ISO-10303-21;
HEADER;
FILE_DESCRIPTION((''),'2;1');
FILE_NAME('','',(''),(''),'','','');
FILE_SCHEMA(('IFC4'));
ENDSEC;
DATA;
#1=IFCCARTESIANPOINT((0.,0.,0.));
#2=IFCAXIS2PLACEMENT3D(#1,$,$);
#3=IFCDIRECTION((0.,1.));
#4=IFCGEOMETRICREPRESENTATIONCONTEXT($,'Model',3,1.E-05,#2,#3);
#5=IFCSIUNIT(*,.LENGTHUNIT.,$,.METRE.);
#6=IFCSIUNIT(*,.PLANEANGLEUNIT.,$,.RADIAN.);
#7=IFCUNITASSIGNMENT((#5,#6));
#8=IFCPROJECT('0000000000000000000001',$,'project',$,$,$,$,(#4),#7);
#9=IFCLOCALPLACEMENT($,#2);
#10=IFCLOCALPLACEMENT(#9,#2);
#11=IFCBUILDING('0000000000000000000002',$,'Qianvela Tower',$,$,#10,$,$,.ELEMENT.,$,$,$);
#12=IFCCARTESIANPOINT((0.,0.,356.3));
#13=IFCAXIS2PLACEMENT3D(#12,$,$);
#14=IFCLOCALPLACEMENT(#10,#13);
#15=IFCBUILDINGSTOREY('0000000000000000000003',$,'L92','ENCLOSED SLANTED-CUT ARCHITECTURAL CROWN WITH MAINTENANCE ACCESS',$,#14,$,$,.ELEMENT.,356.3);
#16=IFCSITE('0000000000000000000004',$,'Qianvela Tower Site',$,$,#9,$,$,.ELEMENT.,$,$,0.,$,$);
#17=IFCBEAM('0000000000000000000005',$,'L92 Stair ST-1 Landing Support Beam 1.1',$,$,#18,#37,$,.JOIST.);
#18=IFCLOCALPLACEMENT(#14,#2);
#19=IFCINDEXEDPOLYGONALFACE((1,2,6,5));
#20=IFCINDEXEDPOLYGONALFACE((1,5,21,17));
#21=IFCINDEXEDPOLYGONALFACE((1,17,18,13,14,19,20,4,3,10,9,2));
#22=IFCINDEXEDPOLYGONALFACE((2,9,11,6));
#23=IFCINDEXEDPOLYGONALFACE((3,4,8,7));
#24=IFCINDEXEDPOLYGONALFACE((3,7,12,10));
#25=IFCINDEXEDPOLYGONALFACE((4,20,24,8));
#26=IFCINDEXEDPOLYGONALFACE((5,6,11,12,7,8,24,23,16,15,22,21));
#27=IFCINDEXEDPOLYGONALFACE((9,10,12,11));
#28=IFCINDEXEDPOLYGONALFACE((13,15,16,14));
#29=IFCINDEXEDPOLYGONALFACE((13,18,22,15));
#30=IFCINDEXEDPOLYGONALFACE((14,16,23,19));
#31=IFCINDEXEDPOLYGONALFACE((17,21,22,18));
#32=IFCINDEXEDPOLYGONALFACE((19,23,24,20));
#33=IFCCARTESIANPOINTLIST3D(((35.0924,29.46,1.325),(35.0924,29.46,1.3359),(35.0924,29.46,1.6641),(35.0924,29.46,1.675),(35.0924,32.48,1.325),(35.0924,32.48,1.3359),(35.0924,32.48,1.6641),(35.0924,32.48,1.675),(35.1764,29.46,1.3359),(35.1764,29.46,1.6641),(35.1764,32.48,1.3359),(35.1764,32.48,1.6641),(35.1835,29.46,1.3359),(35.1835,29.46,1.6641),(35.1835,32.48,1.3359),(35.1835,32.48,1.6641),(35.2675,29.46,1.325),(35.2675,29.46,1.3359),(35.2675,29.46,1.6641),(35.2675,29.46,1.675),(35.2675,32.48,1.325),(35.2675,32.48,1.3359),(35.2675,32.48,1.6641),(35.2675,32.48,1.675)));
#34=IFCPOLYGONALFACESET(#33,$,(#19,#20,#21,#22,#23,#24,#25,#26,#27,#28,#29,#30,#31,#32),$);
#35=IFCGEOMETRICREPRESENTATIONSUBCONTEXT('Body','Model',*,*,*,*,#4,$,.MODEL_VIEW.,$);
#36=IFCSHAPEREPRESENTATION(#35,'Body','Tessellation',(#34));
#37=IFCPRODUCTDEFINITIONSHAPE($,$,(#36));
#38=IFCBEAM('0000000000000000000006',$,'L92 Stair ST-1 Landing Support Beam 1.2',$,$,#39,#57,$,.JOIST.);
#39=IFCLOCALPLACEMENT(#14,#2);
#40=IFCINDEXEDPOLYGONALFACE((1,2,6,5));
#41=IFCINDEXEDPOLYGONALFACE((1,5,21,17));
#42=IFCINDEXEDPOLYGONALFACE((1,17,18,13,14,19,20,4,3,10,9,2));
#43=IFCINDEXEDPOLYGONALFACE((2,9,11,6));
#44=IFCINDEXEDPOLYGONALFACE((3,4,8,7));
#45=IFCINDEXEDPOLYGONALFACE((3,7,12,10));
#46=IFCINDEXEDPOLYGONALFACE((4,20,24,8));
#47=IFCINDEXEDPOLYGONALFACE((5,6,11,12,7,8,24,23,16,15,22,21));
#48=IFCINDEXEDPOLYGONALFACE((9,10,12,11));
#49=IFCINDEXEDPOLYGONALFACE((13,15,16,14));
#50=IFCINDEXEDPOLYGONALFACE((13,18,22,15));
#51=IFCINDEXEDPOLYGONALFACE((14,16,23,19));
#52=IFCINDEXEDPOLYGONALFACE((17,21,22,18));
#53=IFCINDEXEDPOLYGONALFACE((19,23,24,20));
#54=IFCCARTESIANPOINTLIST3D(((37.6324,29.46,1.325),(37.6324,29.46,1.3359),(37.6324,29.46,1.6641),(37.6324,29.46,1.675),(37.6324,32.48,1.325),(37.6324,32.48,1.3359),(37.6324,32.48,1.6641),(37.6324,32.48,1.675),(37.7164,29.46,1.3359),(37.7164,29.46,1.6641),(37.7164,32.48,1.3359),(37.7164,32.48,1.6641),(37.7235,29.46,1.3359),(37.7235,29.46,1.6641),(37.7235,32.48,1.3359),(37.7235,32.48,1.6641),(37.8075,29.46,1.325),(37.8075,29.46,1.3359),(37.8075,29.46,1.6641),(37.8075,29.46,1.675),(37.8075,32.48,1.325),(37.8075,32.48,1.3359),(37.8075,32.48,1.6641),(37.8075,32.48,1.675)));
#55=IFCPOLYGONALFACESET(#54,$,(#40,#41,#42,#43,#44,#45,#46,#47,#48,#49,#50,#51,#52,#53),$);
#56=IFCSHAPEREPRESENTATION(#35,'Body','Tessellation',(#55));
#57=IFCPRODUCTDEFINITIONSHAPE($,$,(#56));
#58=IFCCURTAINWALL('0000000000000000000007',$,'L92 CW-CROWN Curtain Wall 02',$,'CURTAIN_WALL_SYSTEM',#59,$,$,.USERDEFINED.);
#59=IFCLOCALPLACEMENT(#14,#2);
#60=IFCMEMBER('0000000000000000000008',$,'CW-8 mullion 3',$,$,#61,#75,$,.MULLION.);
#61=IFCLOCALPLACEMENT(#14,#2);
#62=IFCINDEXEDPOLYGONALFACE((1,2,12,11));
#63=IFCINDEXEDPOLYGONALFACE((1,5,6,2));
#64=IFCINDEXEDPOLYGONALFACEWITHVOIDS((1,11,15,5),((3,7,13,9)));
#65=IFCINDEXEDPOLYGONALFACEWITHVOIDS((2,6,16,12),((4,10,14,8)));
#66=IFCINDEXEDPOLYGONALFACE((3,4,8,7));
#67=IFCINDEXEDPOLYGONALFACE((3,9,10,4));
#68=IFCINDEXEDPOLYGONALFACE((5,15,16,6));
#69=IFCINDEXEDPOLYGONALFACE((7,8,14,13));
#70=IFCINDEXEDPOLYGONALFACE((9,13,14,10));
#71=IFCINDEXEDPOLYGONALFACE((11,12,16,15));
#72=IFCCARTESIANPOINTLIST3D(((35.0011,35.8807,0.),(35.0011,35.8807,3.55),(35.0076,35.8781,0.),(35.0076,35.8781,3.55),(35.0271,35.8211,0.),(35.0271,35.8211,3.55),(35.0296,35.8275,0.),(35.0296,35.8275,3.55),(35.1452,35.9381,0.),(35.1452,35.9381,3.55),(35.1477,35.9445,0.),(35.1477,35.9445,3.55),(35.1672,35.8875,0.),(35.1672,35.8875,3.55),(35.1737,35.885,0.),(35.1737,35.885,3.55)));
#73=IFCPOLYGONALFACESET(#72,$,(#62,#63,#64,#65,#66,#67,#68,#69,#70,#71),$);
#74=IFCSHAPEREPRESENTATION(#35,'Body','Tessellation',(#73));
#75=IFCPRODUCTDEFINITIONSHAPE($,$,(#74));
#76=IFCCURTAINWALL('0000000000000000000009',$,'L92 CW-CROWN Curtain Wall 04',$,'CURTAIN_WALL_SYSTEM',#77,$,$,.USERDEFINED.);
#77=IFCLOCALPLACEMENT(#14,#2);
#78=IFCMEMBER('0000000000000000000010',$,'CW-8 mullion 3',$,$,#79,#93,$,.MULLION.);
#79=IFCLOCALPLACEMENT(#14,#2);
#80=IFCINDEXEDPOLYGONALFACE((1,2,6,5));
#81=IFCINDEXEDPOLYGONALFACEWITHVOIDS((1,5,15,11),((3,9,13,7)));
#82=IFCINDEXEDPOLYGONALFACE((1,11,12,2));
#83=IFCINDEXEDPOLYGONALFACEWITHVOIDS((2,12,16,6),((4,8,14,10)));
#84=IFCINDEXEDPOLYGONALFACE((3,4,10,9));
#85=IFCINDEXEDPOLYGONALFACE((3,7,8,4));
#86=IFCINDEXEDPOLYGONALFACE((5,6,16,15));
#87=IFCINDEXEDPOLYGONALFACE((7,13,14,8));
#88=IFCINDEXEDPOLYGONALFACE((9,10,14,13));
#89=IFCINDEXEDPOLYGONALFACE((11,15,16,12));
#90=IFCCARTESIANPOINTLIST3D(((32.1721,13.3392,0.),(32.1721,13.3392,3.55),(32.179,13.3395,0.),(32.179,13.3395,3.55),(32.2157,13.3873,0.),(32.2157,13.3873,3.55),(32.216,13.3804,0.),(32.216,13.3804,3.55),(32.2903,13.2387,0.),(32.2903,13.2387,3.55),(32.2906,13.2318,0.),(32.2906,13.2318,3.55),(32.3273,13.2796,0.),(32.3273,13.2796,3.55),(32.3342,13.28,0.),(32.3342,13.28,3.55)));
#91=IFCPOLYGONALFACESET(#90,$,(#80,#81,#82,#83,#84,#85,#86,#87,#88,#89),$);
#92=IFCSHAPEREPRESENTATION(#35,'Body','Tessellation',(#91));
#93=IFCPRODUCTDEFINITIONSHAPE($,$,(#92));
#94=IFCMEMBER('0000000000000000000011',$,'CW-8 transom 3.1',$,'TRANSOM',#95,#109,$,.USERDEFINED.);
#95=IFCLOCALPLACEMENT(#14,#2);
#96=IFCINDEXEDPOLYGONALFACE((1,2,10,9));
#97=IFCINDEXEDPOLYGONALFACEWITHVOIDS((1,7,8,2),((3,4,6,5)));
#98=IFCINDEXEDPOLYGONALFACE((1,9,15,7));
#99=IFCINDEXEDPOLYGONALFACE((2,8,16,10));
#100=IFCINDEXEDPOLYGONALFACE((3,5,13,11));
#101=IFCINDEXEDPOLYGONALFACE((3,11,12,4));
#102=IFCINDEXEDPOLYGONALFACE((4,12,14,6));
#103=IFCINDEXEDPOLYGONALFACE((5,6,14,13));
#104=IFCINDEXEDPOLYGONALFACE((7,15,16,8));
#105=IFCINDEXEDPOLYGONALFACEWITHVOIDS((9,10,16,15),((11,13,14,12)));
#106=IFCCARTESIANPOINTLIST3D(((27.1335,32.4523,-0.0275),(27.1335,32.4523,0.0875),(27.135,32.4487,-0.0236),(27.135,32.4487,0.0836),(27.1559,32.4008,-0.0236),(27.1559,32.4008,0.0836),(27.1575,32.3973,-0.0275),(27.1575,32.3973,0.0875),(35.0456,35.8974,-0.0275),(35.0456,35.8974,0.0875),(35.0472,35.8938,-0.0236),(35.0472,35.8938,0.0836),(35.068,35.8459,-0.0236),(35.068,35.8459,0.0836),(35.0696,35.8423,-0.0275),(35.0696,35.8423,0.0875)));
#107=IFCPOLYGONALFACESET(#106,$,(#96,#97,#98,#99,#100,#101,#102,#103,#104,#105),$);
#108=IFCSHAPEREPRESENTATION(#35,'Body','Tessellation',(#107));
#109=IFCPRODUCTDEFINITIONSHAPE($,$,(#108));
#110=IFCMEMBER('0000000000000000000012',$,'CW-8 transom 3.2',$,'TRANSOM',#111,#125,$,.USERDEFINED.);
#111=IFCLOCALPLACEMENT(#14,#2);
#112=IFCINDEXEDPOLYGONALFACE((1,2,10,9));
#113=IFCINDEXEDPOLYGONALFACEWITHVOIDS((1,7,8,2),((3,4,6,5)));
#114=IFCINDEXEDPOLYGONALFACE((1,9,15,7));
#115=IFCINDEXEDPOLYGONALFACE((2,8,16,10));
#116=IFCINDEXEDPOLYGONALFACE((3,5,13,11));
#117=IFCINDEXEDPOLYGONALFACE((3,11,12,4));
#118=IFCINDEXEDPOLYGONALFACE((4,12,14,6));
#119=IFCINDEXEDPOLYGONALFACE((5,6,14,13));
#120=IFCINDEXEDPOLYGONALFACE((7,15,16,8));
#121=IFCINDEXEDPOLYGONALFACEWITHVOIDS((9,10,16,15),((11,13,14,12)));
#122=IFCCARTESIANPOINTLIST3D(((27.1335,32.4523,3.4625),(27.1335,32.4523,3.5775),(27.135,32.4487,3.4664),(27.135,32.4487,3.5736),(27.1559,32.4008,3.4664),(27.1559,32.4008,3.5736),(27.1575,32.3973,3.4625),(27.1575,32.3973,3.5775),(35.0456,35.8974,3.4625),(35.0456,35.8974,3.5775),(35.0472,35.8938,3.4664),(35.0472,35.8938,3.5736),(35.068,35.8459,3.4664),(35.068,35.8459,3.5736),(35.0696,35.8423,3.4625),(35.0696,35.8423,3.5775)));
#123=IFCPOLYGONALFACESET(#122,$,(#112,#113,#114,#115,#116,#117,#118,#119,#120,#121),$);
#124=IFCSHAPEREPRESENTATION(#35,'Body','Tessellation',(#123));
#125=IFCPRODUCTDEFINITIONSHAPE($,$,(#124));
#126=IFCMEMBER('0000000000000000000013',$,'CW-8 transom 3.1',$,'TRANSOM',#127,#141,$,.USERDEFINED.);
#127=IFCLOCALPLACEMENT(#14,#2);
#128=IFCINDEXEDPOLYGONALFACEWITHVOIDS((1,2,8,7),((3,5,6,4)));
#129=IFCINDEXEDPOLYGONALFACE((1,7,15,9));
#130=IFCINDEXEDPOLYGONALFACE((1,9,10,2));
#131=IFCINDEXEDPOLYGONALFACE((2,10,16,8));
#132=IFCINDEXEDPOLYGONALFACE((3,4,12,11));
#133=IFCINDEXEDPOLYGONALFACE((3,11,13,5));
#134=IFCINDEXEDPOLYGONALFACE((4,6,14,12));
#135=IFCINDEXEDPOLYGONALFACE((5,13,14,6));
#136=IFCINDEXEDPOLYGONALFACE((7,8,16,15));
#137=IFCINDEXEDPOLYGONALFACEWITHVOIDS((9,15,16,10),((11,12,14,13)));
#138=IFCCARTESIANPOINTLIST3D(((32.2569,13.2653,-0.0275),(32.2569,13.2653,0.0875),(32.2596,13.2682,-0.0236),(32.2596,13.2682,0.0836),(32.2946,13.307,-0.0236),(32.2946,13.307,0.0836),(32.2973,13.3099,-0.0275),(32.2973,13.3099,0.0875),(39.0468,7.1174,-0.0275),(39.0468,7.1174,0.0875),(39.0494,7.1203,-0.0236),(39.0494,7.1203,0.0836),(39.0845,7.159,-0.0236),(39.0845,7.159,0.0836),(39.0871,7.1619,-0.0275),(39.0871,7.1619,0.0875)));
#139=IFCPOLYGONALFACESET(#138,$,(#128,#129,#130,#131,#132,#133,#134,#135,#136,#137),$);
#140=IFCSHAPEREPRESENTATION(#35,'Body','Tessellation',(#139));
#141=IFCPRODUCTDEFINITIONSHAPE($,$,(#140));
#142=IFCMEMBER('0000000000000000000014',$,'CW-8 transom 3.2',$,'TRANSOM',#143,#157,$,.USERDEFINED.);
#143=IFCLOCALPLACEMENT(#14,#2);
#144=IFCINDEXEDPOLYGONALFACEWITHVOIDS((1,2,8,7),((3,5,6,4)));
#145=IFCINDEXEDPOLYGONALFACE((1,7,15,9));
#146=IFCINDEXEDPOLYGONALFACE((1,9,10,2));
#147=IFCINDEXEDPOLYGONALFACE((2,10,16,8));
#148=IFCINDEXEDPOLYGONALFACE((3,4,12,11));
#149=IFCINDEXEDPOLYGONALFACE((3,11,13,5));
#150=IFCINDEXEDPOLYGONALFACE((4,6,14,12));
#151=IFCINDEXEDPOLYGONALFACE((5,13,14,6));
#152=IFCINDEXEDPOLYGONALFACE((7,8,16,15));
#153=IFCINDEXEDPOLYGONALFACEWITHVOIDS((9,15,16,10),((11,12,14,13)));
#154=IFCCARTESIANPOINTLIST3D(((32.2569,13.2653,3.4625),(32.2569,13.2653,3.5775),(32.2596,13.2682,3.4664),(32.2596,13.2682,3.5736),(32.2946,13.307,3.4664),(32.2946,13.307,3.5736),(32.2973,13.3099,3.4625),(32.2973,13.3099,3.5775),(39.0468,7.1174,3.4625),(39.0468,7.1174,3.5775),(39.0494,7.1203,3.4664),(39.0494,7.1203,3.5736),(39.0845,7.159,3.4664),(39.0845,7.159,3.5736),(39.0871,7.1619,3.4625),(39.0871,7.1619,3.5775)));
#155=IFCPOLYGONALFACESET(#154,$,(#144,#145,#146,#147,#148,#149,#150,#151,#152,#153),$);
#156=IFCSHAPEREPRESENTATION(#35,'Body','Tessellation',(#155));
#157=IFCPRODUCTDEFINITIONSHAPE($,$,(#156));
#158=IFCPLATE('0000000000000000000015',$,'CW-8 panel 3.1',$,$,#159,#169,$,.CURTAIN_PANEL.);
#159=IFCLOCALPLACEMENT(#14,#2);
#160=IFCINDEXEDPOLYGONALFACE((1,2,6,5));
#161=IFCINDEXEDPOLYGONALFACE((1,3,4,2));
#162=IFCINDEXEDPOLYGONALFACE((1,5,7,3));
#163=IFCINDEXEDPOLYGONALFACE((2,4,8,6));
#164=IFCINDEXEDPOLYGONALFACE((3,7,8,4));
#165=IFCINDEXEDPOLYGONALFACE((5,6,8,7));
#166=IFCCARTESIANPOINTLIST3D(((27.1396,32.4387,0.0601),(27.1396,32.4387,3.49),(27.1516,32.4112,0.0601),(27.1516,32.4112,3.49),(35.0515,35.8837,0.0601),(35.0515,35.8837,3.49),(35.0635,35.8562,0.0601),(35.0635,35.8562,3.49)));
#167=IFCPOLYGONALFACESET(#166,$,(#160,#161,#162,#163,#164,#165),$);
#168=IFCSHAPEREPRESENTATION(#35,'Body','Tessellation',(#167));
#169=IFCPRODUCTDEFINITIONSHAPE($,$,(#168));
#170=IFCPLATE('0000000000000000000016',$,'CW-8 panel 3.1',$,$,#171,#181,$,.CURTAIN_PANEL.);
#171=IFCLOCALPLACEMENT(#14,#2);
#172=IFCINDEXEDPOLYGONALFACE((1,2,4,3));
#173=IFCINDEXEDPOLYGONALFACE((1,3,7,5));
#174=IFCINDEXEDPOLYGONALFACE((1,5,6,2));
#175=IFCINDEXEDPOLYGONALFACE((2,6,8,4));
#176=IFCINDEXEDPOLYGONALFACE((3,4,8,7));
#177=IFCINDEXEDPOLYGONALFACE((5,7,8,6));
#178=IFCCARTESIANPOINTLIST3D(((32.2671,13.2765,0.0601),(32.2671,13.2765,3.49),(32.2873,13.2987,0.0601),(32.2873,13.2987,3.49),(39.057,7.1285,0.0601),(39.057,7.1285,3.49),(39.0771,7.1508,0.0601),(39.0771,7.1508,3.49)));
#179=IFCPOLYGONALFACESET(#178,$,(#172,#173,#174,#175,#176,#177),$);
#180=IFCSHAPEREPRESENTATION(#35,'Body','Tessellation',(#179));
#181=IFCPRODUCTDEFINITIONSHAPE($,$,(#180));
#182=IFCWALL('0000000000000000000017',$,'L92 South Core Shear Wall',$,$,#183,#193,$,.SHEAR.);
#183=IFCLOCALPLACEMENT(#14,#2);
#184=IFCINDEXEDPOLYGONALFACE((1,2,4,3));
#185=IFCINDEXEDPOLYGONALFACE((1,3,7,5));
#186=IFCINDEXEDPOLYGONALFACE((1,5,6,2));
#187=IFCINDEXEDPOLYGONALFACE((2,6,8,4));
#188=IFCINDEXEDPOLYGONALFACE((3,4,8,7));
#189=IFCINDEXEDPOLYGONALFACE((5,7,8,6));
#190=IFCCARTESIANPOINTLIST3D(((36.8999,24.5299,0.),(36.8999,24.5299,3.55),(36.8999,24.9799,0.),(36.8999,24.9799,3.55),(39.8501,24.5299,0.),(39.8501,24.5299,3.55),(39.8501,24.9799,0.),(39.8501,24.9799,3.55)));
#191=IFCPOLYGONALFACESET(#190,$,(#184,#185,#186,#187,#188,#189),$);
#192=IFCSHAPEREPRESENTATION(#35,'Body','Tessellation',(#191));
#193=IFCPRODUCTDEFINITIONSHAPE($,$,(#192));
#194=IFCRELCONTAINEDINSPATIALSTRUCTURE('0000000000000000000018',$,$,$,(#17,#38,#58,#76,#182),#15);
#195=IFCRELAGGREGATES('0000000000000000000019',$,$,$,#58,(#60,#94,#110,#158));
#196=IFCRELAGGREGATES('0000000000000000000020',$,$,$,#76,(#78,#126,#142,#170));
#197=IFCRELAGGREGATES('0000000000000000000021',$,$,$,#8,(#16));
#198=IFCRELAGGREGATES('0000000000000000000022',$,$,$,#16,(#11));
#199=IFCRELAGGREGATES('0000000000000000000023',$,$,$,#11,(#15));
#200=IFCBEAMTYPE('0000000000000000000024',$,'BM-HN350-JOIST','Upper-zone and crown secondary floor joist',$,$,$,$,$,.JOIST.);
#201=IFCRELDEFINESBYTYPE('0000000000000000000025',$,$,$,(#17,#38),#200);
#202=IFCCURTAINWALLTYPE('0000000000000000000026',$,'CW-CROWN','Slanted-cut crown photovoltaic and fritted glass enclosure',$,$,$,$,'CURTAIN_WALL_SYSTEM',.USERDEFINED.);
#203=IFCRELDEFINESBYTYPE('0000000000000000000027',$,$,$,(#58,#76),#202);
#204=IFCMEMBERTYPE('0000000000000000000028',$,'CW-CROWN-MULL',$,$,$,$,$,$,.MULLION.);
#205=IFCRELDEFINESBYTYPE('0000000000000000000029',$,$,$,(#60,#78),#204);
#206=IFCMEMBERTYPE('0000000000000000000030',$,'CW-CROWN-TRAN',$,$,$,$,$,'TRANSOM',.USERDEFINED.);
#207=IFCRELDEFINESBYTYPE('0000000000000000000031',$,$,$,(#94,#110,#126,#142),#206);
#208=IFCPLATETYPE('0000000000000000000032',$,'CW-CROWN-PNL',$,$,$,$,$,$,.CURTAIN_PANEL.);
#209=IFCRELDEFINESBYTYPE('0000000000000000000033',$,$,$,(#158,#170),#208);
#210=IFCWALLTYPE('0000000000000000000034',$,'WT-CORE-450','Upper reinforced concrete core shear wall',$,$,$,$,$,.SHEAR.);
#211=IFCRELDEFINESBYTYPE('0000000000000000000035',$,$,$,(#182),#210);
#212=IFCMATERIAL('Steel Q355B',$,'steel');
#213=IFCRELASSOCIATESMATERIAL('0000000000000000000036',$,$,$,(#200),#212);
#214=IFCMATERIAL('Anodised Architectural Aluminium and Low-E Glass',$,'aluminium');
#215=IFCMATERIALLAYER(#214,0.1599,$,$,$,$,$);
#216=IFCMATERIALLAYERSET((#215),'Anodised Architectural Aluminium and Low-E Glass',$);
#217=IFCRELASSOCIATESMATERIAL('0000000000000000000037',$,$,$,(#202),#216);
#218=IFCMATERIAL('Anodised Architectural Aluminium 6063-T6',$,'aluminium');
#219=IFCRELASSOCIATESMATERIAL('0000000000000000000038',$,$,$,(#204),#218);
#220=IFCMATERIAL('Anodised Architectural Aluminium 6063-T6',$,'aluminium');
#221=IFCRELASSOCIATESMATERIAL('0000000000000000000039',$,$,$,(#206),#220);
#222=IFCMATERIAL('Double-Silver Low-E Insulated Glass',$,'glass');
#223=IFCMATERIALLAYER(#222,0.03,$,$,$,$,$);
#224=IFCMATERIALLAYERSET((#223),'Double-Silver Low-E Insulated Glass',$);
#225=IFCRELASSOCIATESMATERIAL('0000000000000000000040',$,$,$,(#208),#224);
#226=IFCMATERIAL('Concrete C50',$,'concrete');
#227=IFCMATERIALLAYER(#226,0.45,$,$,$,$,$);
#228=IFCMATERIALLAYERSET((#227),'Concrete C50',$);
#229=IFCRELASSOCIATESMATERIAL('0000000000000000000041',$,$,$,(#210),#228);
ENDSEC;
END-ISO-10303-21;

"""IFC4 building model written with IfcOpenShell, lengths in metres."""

from ifc_helpers import new_model, si_unit, direction, frame, frame_2d, origin, origin_2d, place, context, subcontext, project, spatial, rectangle, hollow_rectangle, i_section, extrude, material, layer, layer_set, material_profile, profile_set, type_object, element, aggregate, save


model = new_model("IFC4")

# Units and contexts
model_context = context("Model", 3, precision=1e-05, world=origin(), true_north=direction((0.0, 1.0)))
body_context = subcontext(model_context, "Body", "Model", "MODEL_VIEW")
ifc_project = project(units=[si_unit("LENGTHUNIT", "METRE"), si_unit("PLANEANGLEUNIT", "RADIAN")], contexts=[model_context])

# Site, building, storey
site_placement = place(None, origin())
site = spatial("IfcSite", under=ifc_project, at=site_placement, Name="Qianvela Tower Site", CompositionType="ELEMENT", RefElevation=0.0)
building_placement = place(site_placement, origin())
building = spatial("IfcBuilding", under=site, at=building_placement, Name="Qianvela Tower", CompositionType="ELEMENT")
storey_placement = place(building_placement, frame((0.0, 0.0, 356.3)))
storey = spatial("IfcBuildingStorey", under=building, at=storey_placement, Name="L92", Description="ENCLOSED SLANTED-CUT ARCHITECTURAL CROWN WITH MAINTENANCE ACCESS", CompositionType="ELEMENT", Elevation=356.3)

# Beams
ifc_material_1 = material(Name="Steel Q355B", Category="steel")
ifc_material_profile_1 = material_profile(ifc_material_1, i_section(OverallWidth=0.175, OverallDepth=0.3501, WebThickness=0.0071, FlangeThickness=0.011, at=origin_2d()), Name="HN350x175x7x11")
ifc_profile_set_1 = profile_set([ifc_material_profile_1], Name="Steel Q355B")
beam_type = type_object("IfcBeamType", Name="BM-HN350-JOIST", Description="Upper-zone and crown secondary floor joist", PredefinedType="JOIST", material=ifc_profile_set_1)
for number, where, z_axis, x_axis, name in (
    (1, (35.1799, 29.46, 1.5), (0.0, 1.0, 0.0), (-1.0, 0.0, 0.0), "L92 Stair ST-1 Landing Support Beam 1.1"),
    (2, (37.72, 29.46, 1.5), (0.0, 1.0, 0.0), (-1.0, 0.0, 0.0), "L92 Stair ST-1 Landing Support Beam 1.2"),
):
    element("IfcBeam", number, at=place(storey_placement, frame(where, z_axis=z_axis, x_axis=x_axis)), inside=storey, type_object=beam_type, Name=name, PredefinedType="JOIST", context=body_context, shape_type="SweptSolid", body=[
        extrude(i_section(OverallWidth=0.175, OverallDepth=0.3501, WebThickness=0.0071, FlangeThickness=0.011, at=origin_2d()), origin(), (0.0, 0.0, 1.0), 3.02),
    ])

# Curtain walls, members
ifc_material_2 = material(Name="Anodised Architectural Aluminium and Low-E Glass", Category="aluminium")
ifc_layer_1 = layer(ifc_material_2, 0.1599)
ifc_layer_set_1 = layer_set([ifc_layer_1], Name="Anodised Architectural Aluminium and Low-E Glass")
curtain_wall_type = type_object("IfcCurtainWallType", Name="CW-CROWN", Description="Slanted-cut crown photovoltaic and fritted glass enclosure", ElementType="CURTAIN_WALL_SYSTEM", PredefinedType="USERDEFINED", material=ifc_layer_set_1)
curtain_wall_1_placement = place(storey_placement, origin())
curtain_wall_1 = element("IfcCurtainWall", 3, at=curtain_wall_1_placement, inside=storey, type_object=curtain_wall_type, Name="L92 CW-CROWN Curtain Wall 02", ObjectType="CURTAIN_WALL_SYSTEM", PredefinedType="USERDEFINED")
ifc_material_3 = material(Name="Anodised Architectural Aluminium 6063-T6", Category="aluminium")
ifc_material_profile_2 = material_profile(ifc_material_3, hollow_rectangle(XDim=0.0649, YDim=0.1599, WallThickness=0.0049, at=origin_2d()), Name="ALU-MULL-65x160")
ifc_profile_set_2 = profile_set([ifc_material_profile_2], Name="Anodised Architectural Aluminium 6063-T6")
member_type_1 = type_object("IfcMemberType", Name="CW-CROWN-MULL", PredefinedType="MULLION", material=ifc_profile_set_2)
member_1_placement = place(storey_placement, frame((35.0874, 35.8828, 0.0), z_axis=(0.0, 0.0, 1.0), x_axis=(0.399215, -0.916857, 0.0)))
member_1 = element("IfcMember", 4, at=member_1_placement, type_object=member_type_1, Name="CW-8 mullion 3", PredefinedType="MULLION", context=body_context, shape_type="SweptSolid", body=[
    extrude(hollow_rectangle(XDim=0.0649, YDim=0.1599, WallThickness=0.0049, at=origin_2d()), origin(), (0.0, 0.0, 1.0), 3.55),
])
curtain_wall_2_placement = place(storey_placement, origin())
curtain_wall_2 = element("IfcCurtainWall", 5, at=curtain_wall_2_placement, inside=storey, type_object=curtain_wall_type, Name="L92 CW-CROWN Curtain Wall 04", ObjectType="CURTAIN_WALL_SYSTEM", PredefinedType="USERDEFINED")
member_2_placement = place(storey_placement, frame((32.2532, 13.3096, 0.0), z_axis=(0.0, 0.0, 1.0), x_axis=(0.671202, 0.741275, 0.0)))
member_2 = element("IfcMember", 6, at=member_2_placement, type_object=member_type_1, Name="CW-8 mullion 3", PredefinedType="MULLION", context=body_context, shape_type="SweptSolid", body=[
    extrude(hollow_rectangle(XDim=0.0649, YDim=0.1599, WallThickness=0.0049, at=origin_2d()), origin(), (0.0, 0.0, 1.0), 3.55),
])

# Members
ifc_material_4 = material(Name="Anodised Architectural Aluminium 6063-T6", Category="aluminium")
ifc_material_profile_3 = material_profile(ifc_material_4, hollow_rectangle(XDim=0.0601, YDim=0.115, WallThickness=0.0039, at=origin_2d()), Name="ALU-TRAN-60x115")
ifc_profile_set_3 = profile_set([ifc_material_profile_3], Name="Anodised Architectural Aluminium 6063-T6")
member_type_2 = type_object("IfcMemberType", Name="CW-CROWN-TRAN", ElementType="TRANSOM", PredefinedType="USERDEFINED", material=ifc_profile_set_3)
member_3_placement = place(storey_placement, frame((35.0576, 35.8699, 0.03), z_axis=(-0.916857, -0.399215, 0.0), x_axis=(0.399215, -0.916857, 0.0)))
member_3 = element("IfcMember", 7, at=member_3_placement, type_object=member_type_2, Name="CW-8 transom 3.1", ObjectType="TRANSOM", PredefinedType="USERDEFINED", context=body_context, shape_type="SweptSolid", body=[
    extrude(hollow_rectangle(XDim=0.0601, YDim=0.115, WallThickness=0.0039, at=origin_2d()), origin(), (0.0, 0.0, 1.0), 8.6296),
])
member_4_placement = place(storey_placement, frame((35.0576, 35.8699, 3.52), z_axis=(-0.916857, -0.399215, 0.0), x_axis=(0.399215, -0.916857, 0.0)))
member_4 = element("IfcMember", 8, at=member_4_placement, type_object=member_type_2, Name="CW-8 transom 3.2", ObjectType="TRANSOM", PredefinedType="USERDEFINED", context=body_context, shape_type="SweptSolid", body=[
    extrude(hollow_rectangle(XDim=0.0601, YDim=0.115, WallThickness=0.0039, at=origin_2d()), origin(), (0.0, 0.0, 1.0), 8.6296),
])
member_5_placement = place(storey_placement, frame((32.2771, 13.2876, 0.03), z_axis=(0.741275, -0.671202, 0.0), x_axis=(0.671202, 0.741275, 0.0)))
member_5 = element("IfcMember", 9, at=member_5_placement, type_object=member_type_2, Name="CW-8 transom 3.1", ObjectType="TRANSOM", PredefinedType="USERDEFINED", context=body_context, shape_type="SweptSolid", body=[
    extrude(hollow_rectangle(XDim=0.0601, YDim=0.115, WallThickness=0.0039, at=origin_2d()), origin(), (0.0, 0.0, 1.0), 9.1597),
])
member_6_placement = place(storey_placement, frame((32.2771, 13.2876, 3.52), z_axis=(0.741275, -0.671202, 0.0), x_axis=(0.671202, 0.741275, 0.0)))
member_6 = element("IfcMember", 10, at=member_6_placement, type_object=member_type_2, Name="CW-8 transom 3.2", ObjectType="TRANSOM", PredefinedType="USERDEFINED", context=body_context, shape_type="SweptSolid", body=[
    extrude(hollow_rectangle(XDim=0.0601, YDim=0.115, WallThickness=0.0039, at=origin_2d()), origin(), (0.0, 0.0, 1.0), 9.1597),
])

# Plates
ifc_material_5 = material(Name="Double-Silver Low-E Insulated Glass", Category="glass")
ifc_layer_2 = layer(ifc_material_5, 0.03)
ifc_layer_set_2 = layer_set([ifc_layer_2], Name="Double-Silver Low-E Insulated Glass")
plate_type = type_object("IfcPlateType", Name="CW-CROWN-PNL", PredefinedType="CURTAIN_PANEL", material=ifc_layer_set_2)
plate_1_placement = place(storey_placement, frame((31.1016, 34.1475, 0.0601), z_axis=(0.0, 0.0, 1.0), x_axis=(-0.916857, -0.399215, 0.0)))
plate_1 = element("IfcPlate", 11, at=plate_1_placement, type_object=plate_type, Name="CW-8 panel 3.1", PredefinedType="CURTAIN_PANEL", context=body_context, shape_type="SweptSolid", body=[
    extrude(rectangle(XDim=8.6294, YDim=0.03, at=origin_2d()), origin(), (0.0, 0.0, 1.0), 3.4299),
])
aggregate(curtain_wall_1, [member_1, member_3, member_4, plate_1])
plate_2_placement = place(storey_placement, frame((35.6721, 10.2136, 0.0601), z_axis=(0.0, 0.0, 1.0), x_axis=(0.741275, -0.671202, 0.0)))
plate_2 = element("IfcPlate", 12, at=plate_2_placement, type_object=plate_type, Name="CW-8 panel 3.1", PredefinedType="CURTAIN_PANEL", context=body_context, shape_type="SweptSolid", body=[
    extrude(rectangle(XDim=9.1597, YDim=0.03, at=origin_2d()), origin(), (0.0, 0.0, 1.0), 3.4299),
])
aggregate(curtain_wall_2, [member_2, member_5, member_6, plate_2])

# Wall
ifc_material_6 = material(Name="Concrete C50", Category="concrete")
ifc_layer_3 = layer(ifc_material_6, 0.45)
ifc_layer_set_3 = layer_set([ifc_layer_3], Name="Concrete C50")
wall_type_1 = type_object("IfcWallType", Name="WT-CORE-450", Description="Upper reinforced concrete core shear wall", PredefinedType="SHEAR", material=ifc_layer_set_3)
wall_1_placement = place(storey_placement, frame((36.8999, 24.7549, 0.0), z_axis=(0.0, 0.0, 1.0), x_axis=(1.0, 0.0, 0.0)))
element("IfcWall", 13, at=wall_1_placement, inside=storey, type_object=wall_type_1, Name="L92 South Core Shear Wall", PredefinedType="SHEAR", context=body_context, shape_type="SweptSolid", body=[
    extrude(rectangle(XDim=2.9502, YDim=0.45, at=frame_2d((1.4751, 0.0))), origin(), (0.0, 0.0, 1.0), 3.55),
])

save(model, "model.ifc")
